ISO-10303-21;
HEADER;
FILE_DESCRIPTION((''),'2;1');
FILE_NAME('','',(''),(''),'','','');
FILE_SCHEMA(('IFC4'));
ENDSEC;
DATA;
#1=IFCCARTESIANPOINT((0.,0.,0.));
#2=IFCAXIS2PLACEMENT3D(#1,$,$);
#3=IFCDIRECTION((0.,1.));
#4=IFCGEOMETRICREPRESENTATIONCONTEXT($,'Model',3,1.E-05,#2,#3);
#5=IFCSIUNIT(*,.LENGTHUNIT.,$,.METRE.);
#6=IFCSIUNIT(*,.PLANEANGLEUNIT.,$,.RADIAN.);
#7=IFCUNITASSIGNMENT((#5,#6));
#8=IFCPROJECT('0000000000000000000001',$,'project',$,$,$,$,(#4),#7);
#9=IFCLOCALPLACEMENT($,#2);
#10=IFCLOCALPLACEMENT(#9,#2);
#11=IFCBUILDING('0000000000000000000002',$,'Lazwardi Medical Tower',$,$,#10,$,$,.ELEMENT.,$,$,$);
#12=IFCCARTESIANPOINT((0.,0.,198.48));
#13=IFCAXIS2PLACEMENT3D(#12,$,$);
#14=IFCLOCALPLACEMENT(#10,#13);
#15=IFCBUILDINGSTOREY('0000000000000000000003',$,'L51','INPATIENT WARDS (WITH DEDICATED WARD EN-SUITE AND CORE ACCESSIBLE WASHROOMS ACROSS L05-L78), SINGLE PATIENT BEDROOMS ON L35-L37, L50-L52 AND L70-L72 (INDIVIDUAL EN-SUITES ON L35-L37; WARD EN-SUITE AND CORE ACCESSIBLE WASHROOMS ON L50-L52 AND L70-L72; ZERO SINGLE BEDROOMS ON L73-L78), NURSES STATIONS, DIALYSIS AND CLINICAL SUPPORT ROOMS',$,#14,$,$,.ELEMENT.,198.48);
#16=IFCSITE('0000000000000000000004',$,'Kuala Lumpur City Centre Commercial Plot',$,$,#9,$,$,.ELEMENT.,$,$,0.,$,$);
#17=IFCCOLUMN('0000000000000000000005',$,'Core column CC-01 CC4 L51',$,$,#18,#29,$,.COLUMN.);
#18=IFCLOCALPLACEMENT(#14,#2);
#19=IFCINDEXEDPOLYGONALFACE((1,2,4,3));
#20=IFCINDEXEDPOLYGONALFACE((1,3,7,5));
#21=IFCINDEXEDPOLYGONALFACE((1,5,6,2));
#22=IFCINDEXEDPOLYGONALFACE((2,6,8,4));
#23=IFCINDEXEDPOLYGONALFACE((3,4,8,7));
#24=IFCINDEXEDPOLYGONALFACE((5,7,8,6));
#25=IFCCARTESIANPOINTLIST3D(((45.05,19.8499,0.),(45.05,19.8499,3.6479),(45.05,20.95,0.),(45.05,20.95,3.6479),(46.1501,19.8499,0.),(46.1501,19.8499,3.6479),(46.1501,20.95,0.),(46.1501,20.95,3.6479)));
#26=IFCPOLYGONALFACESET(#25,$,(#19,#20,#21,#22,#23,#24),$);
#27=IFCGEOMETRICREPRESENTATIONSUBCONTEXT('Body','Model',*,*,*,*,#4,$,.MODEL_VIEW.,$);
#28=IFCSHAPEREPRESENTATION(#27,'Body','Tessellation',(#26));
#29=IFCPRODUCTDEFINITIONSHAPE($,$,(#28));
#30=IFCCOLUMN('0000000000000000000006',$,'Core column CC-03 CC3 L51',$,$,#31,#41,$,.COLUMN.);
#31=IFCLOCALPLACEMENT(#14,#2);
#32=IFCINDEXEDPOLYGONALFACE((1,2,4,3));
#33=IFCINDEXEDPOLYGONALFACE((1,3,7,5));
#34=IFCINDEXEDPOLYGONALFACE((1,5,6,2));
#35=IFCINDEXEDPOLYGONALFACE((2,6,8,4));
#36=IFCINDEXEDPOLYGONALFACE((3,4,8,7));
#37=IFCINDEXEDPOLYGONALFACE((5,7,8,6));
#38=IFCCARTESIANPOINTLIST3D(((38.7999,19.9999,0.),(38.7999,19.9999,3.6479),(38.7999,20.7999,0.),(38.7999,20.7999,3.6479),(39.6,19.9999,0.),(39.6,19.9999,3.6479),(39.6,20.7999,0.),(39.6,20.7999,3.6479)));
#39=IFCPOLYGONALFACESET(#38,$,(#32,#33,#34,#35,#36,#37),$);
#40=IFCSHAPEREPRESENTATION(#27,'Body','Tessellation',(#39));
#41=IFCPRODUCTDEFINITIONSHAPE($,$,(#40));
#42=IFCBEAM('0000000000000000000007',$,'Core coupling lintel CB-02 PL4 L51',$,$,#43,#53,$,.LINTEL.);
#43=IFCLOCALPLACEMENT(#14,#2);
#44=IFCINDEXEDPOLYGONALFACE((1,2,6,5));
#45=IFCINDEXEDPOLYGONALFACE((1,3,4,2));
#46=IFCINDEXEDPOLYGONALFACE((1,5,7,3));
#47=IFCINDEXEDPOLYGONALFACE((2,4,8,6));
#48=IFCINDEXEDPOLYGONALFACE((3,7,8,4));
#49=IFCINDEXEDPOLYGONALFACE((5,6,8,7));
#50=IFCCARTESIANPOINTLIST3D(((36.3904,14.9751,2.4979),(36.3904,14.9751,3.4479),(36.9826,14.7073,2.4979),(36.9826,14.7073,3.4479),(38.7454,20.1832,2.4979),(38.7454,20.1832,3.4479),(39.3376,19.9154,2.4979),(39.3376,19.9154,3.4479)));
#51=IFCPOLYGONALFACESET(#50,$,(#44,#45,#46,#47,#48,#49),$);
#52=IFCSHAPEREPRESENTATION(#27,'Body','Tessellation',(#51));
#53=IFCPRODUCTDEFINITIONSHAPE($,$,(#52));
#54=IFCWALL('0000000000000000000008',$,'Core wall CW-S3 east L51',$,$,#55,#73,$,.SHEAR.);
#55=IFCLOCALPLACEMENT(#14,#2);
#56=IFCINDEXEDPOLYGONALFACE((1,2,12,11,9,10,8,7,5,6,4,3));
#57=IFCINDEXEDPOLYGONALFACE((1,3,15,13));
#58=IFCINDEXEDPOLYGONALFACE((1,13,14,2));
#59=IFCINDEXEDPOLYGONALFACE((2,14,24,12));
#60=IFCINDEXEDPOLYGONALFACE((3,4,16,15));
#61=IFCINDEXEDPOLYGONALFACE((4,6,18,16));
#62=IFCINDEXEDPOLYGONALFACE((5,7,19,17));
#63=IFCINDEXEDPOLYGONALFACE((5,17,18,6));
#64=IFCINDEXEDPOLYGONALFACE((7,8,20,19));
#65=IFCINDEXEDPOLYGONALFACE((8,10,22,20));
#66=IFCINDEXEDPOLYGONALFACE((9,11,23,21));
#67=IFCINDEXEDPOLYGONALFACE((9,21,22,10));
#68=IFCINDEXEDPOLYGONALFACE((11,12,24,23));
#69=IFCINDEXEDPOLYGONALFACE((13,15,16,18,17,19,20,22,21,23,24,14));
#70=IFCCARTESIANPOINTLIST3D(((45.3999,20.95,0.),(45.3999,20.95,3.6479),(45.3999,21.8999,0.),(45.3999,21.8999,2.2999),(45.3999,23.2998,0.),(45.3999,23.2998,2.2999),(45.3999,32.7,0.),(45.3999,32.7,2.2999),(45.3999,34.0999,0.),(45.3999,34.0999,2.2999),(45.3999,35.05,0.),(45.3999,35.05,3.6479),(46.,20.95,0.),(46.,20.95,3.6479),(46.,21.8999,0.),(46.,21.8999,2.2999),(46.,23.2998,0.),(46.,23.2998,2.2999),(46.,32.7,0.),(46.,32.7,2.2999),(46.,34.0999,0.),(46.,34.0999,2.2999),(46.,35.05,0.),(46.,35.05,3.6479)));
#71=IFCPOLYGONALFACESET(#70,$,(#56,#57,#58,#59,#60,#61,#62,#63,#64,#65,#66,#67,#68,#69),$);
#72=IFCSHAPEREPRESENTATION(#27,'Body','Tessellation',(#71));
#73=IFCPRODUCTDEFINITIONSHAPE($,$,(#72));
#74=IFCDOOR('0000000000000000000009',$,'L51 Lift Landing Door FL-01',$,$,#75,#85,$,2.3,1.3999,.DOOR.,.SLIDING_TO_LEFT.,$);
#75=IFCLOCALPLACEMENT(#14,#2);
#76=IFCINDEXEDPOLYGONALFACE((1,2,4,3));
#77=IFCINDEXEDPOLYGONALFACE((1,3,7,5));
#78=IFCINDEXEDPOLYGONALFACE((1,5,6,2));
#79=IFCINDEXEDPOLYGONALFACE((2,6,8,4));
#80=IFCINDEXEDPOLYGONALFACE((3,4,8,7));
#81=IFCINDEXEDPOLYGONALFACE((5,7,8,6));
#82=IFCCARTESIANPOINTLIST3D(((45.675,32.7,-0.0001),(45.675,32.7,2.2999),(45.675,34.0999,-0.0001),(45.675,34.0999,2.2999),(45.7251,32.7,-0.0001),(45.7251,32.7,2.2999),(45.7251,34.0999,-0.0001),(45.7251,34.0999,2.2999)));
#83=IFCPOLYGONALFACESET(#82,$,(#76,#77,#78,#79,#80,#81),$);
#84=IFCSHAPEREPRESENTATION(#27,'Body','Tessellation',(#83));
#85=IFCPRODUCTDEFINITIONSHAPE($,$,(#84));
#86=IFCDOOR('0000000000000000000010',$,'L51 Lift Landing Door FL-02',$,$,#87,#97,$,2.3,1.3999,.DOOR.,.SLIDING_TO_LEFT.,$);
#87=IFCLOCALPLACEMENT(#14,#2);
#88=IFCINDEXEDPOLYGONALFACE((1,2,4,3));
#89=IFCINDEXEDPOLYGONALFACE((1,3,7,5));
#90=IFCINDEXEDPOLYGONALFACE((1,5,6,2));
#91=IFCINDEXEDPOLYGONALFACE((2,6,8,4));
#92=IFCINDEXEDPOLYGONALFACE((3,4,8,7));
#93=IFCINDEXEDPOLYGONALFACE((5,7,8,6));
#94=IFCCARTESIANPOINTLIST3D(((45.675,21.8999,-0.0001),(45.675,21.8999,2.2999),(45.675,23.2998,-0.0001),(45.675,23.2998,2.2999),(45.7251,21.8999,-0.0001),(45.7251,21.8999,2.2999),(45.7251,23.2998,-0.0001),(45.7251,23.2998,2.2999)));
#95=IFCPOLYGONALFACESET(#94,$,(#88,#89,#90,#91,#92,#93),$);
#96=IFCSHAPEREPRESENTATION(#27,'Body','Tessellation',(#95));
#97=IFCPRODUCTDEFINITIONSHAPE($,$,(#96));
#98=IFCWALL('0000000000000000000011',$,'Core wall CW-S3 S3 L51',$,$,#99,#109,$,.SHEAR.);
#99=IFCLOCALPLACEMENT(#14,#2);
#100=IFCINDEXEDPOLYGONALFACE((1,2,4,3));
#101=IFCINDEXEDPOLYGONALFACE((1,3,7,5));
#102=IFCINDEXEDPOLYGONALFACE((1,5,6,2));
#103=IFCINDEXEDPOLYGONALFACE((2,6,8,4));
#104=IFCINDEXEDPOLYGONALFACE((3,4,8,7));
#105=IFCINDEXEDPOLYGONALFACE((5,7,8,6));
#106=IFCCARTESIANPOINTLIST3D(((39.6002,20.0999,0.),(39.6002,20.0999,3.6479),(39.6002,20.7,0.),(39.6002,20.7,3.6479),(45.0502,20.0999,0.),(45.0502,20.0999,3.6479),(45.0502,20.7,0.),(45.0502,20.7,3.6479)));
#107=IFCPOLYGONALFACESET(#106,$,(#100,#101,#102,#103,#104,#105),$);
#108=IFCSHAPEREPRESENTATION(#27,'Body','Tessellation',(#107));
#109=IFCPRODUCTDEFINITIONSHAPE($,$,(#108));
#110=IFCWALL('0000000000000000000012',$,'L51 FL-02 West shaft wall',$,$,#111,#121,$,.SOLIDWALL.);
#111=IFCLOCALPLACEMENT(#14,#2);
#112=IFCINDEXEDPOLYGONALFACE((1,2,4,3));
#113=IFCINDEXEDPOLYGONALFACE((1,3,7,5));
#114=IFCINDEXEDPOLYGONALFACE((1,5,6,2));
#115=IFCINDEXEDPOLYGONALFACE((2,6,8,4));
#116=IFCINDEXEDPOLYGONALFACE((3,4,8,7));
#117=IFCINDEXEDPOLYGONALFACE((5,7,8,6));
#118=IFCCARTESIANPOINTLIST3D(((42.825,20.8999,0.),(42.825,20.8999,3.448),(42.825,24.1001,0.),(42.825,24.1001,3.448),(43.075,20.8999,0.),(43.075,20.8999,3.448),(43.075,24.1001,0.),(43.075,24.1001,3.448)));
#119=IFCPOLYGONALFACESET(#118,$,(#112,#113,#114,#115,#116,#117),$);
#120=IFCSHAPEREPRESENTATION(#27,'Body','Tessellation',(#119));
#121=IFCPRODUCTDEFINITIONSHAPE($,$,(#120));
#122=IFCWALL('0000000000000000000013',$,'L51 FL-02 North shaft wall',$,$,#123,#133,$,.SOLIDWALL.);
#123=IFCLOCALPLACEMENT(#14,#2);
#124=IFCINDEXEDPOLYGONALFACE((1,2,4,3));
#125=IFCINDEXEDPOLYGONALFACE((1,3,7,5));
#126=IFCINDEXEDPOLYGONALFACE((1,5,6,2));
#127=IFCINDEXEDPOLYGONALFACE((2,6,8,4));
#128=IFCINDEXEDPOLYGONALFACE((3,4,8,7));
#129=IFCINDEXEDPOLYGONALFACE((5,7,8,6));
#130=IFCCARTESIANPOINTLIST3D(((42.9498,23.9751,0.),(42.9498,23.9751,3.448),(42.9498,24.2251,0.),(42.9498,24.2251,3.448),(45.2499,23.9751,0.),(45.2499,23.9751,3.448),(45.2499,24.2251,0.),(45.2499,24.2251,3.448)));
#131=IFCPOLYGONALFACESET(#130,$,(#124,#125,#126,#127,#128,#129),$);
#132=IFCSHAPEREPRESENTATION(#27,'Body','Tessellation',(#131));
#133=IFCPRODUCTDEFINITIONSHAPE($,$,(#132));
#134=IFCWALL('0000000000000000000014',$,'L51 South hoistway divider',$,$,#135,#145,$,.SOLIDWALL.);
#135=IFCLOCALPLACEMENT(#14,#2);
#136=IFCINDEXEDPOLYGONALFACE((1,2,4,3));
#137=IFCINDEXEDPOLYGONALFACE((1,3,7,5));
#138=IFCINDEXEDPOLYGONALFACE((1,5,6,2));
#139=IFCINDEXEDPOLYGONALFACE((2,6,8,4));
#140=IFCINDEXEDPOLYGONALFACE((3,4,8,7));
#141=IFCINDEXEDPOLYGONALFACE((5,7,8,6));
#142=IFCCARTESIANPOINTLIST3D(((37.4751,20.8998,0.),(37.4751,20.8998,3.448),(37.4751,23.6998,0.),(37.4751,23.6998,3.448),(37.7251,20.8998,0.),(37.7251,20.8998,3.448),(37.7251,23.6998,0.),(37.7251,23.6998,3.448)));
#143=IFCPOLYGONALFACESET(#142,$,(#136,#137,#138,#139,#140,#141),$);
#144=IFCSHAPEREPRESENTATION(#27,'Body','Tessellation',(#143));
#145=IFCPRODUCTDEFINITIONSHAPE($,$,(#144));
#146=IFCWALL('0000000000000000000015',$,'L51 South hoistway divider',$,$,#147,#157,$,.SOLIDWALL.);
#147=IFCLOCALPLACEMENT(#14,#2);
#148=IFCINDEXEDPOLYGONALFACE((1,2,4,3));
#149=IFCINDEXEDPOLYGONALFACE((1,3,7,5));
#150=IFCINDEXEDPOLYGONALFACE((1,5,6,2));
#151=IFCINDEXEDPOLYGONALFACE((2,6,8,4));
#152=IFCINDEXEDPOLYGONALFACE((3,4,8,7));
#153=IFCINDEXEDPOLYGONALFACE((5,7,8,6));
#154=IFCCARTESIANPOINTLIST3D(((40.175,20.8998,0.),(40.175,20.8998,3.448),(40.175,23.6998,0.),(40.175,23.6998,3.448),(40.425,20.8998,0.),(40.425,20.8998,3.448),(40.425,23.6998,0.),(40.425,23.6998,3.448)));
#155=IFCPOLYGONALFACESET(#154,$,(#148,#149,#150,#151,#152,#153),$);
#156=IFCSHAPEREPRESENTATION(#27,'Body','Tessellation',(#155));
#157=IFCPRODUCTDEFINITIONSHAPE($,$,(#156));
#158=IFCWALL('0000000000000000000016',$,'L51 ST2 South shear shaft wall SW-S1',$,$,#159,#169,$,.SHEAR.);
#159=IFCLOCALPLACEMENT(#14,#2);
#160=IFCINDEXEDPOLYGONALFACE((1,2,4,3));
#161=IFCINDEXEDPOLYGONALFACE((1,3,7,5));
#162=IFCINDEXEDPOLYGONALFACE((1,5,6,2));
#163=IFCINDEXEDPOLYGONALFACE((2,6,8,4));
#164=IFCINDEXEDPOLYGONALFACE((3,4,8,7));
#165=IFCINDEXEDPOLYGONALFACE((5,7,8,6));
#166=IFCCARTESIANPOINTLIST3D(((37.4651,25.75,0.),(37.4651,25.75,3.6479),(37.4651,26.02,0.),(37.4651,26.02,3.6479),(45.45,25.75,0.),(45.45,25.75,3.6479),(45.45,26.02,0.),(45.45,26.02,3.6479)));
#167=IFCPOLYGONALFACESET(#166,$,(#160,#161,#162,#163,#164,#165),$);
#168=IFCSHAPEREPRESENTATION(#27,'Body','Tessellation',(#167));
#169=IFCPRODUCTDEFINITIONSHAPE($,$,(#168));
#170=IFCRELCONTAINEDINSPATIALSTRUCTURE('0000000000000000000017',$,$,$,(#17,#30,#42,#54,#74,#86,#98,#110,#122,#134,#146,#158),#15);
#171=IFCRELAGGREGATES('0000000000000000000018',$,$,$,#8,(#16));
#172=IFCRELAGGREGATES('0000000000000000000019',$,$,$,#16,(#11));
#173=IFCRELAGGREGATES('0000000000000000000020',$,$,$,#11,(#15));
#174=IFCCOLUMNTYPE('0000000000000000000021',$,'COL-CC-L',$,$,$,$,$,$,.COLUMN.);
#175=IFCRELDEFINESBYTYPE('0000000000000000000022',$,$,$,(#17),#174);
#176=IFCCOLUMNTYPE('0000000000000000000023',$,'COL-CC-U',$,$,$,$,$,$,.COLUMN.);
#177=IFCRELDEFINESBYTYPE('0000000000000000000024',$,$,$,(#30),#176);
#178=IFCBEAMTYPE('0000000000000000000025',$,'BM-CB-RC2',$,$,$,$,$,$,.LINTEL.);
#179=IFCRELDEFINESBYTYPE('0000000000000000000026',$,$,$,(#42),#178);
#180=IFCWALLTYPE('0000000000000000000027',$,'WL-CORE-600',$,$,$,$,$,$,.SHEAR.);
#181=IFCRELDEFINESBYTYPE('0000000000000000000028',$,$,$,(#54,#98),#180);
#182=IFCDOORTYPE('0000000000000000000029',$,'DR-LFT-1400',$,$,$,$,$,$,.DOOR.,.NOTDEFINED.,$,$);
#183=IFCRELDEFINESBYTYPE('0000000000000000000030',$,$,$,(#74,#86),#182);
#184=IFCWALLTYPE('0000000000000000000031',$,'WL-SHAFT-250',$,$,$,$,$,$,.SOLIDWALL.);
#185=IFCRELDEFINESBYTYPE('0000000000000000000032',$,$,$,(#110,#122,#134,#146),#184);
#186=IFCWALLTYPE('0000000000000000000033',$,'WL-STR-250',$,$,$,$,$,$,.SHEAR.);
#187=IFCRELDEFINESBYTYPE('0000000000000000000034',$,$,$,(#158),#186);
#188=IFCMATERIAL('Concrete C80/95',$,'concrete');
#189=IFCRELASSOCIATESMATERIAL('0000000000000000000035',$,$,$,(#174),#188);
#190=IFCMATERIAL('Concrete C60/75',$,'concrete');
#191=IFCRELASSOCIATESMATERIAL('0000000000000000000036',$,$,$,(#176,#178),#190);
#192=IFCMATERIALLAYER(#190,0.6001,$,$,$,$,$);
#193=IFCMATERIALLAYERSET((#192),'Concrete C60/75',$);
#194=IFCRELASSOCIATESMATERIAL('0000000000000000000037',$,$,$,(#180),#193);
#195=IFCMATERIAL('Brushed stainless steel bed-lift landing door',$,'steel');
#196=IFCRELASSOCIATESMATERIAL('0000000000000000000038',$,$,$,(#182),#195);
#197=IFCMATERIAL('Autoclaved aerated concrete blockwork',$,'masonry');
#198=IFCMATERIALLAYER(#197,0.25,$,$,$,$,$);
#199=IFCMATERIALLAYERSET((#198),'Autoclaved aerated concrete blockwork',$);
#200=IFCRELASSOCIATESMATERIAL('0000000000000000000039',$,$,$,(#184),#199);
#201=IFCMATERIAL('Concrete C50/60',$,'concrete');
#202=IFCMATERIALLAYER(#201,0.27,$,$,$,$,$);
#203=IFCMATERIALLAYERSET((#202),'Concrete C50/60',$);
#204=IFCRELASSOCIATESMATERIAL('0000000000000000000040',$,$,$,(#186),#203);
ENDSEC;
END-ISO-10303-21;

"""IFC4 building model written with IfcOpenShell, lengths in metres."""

from ifc_helpers import new_model, si_unit, direction, frame, frame_2d, origin, origin_2d, place, context, subcontext, project, spatial, rectangle, extrude, material, layer, layer_set, material_profile, profile_set, type_object, element, fill, save


model = new_model("IFC4")

# Units and contexts
model_context = context("Model", 3, precision=1e-05, world=origin(), true_north=direction((0.0, 1.0)))
body_context = subcontext(model_context, "Body", "Model", "MODEL_VIEW")
ifc_project = project(units=[si_unit("LENGTHUNIT", "METRE"), si_unit("PLANEANGLEUNIT", "RADIAN")], contexts=[model_context])

# Site, building, storey
site_placement = place(None, origin())
site = spatial("IfcSite", under=ifc_project, at=site_placement, Name="Kuala Lumpur City Centre Commercial Plot", CompositionType="ELEMENT", RefElevation=0.0)
building_placement = place(site_placement, origin())
building = spatial("IfcBuilding", under=site, at=building_placement, Name="Lazwardi Medical Tower", CompositionType="ELEMENT")
storey_placement = place(building_placement, frame((0.0, 0.0, 198.48)))
storey = spatial("IfcBuildingStorey", under=building, at=storey_placement, Name="L51", Description="INPATIENT WARDS (WITH DEDICATED WARD EN-SUITE AND CORE ACCESSIBLE WASHROOMS ACROSS L05-L78), SINGLE PATIENT BEDROOMS ON L35-L37, L50-L52 AND L70-L72 (INDIVIDUAL EN-SUITES ON L35-L37; WARD EN-SUITE AND CORE ACCESSIBLE WASHROOMS ON L50-L52 AND L70-L72; ZERO SINGLE BEDROOMS ON L73-L78), NURSES STATIONS, DIALYSIS AND CLINICAL SUPPORT ROOMS", CompositionType="ELEMENT", Elevation=198.48)

# Columns
ifc_material_1 = material(Name="Concrete C80/95", Category="concrete")
ifc_material_profile_1 = material_profile(ifc_material_1, rectangle(XDim=1.1001, YDim=1.1001, at=origin_2d()), Name="RC 1100x1100")
ifc_profile_set_1 = profile_set([ifc_material_profile_1], Name="Concrete C80/95")
column_type_1 = type_object("IfcColumnType", Name="COL-CC-L", PredefinedType="COLUMN", material=ifc_profile_set_1)
column_1_placement = place(storey_placement, frame((45.6001, 20.3999, 0.0), z_axis=(0.0, 0.0, 1.0), x_axis=(1.0, 0.0, 0.0)))
element("IfcColumn", 1, at=column_1_placement, inside=storey, type_object=column_type_1, Name="Core column CC-01 CC4 L51", PredefinedType="COLUMN", context=body_context, shape_type="SweptSolid", body=[
    extrude(rectangle(XDim=1.1001, YDim=1.1001, at=origin_2d()), origin(), (0.0, 0.0, 1.0), 3.6479),
])
ifc_material_2 = material(Name="Concrete C60/75", Category="concrete")
ifc_material_profile_2 = material_profile(ifc_material_2, rectangle(XDim=0.8, YDim=0.8, at=origin_2d()), Name="RC 800x800")
ifc_profile_set_2 = profile_set([ifc_material_profile_2], Name="Concrete C60/75")
column_type_2 = type_object("IfcColumnType", Name="COL-CC-U", PredefinedType="COLUMN", material=ifc_profile_set_2)
column_2_placement = place(storey_placement, frame((39.2, 20.3999, 0.0), z_axis=(0.0, 0.0, 1.0), x_axis=(1.0, 0.0, 0.0)))
element("IfcColumn", 2, at=column_2_placement, inside=storey, type_object=column_type_2, Name="Core column CC-03 CC3 L51", PredefinedType="COLUMN", context=body_context, shape_type="SweptSolid", body=[
    extrude(rectangle(XDim=0.8, YDim=0.8, at=origin_2d()), origin(), (0.0, 0.0, 1.0), 3.6479),
])

# Beam
ifc_material_profile_3 = material_profile(ifc_material_2, rectangle(XDim=0.6499, YDim=0.95, at=origin_2d()), Name="RC 650x950")
ifc_profile_set_3 = profile_set([ifc_material_profile_3], Name="Concrete C60/75")
beam_type = type_object("IfcBeamType", Name="BM-CB-RC2", PredefinedType="LINTEL", material=ifc_profile_set_3)
beam_placement = place(storey_placement, frame((39.0415, 20.0493, 2.9729), z_axis=(-0.412019, -0.911175, 0.0), x_axis=(0.911175, -0.412019, 0.0)))
element("IfcBeam", 3, at=beam_placement, inside=storey, type_object=beam_type, Name="Core coupling lintel CB-02 PL4 L51", PredefinedType="LINTEL", context=body_context, shape_type="SweptSolid", body=[
    extrude(rectangle(XDim=0.6499, YDim=0.95, at=origin_2d()), origin(), (0.0, 0.0, 1.0), 5.7158),
])

# Wall, openings, doors
ifc_layer_1 = layer(ifc_material_2, 0.6001)
ifc_layer_set_1 = layer_set([ifc_layer_1], Name="Concrete C60/75")
wall_type_1 = type_object("IfcWallType", Name="WL-CORE-600", PredefinedType="SHEAR", material=ifc_layer_set_1)
wall_1_placement = place(storey_placement, frame((45.7, 20.95, 0.0), z_axis=(0.0, 0.0, 1.0), x_axis=(0.0, 1.0, 0.0)))
wall_1 = element("IfcWall", 4, at=wall_1_placement, inside=storey, type_object=wall_type_1, Name="Core wall CW-S3 east L51", PredefinedType="SHEAR", context=body_context, shape_type="SweptSolid", body=[
    extrude(rectangle(XDim=14.1001, YDim=0.6001, at=frame_2d((7.05, 0.0))), origin(), (0.0, 0.0, 1.0), 3.6479),
])
opening_1_placement = place(wall_1_placement, frame((11.75, 0.0, 0.0)))
opening_1 = element("IfcOpeningElement", 5, at=opening_1_placement, cuts=wall_1, PredefinedType="OPENING", context=body_context, shape_type="SweptSolid", body=[
    extrude(rectangle(XDim=1.3999, YDim=2.3, at=frame_2d((0.7, 1.1499))), frame((0.0, 0.3101, 0.0), z_axis=(0.0, -1.0, 0.0), x_axis=(1.0, 0.0, 0.0)), (0.0, 0.0, 1.0), 0.6201),
])
opening_2_placement = place(wall_1_placement, frame((0.95, 0.0, 0.0)))
opening_2 = element("IfcOpeningElement", 6, at=opening_2_placement, cuts=wall_1, PredefinedType="OPENING", context=body_context, shape_type="SweptSolid", body=[
    extrude(rectangle(XDim=1.3999, YDim=2.3, at=frame_2d((0.7, 1.1499))), frame((0.0, 0.3101, 0.0), z_axis=(0.0, -1.0, 0.0), x_axis=(1.0, 0.0, 0.0)), (0.0, 0.0, 1.0), 0.6201),
])
ifc_material_3 = material(Name="Brushed stainless steel bed-lift landing door", Category="steel")
door_type_1 = type_object("IfcDoorType", Name="DR-LFT-1400", OperationType="NOTDEFINED", PredefinedType="DOOR", material=ifc_material_3)
door_1_placement = place(opening_1_placement, origin())
door_1 = element("IfcDoor", 7, at=door_1_placement, inside=storey, type_object=door_type_1, Name="L51 Lift Landing Door FL-01", OperationType="SLIDING_TO_LEFT", OverallHeight=2.3, OverallWidth=1.3999, PredefinedType="DOOR", context=body_context, shape_type="SweptSolid", body=[
    extrude(rectangle(XDim=1.3999, YDim=2.3, at=frame_2d((0.7, 1.1499))), frame((0.0, 0.0249, 0.0), z_axis=(0.0, -1.0, 0.0), x_axis=(1.0, 0.0, 0.0)), (0.0, 0.0, 1.0), 0.05),
])
fill(opening_1, door_1)
door_2_placement = place(opening_2_placement, origin())
door_2 = element("IfcDoor", 8, at=door_2_placement, inside=storey, type_object=door_type_1, Name="L51 Lift Landing Door FL-02", OperationType="SLIDING_TO_LEFT", OverallHeight=2.3, OverallWidth=1.3999, PredefinedType="DOOR", context=body_context, shape_type="SweptSolid", body=[
    extrude(rectangle(XDim=1.3999, YDim=2.3, at=frame_2d((0.7, 1.1499))), frame((0.0, 0.0249, 0.0), z_axis=(0.0, -1.0, 0.0), x_axis=(1.0, 0.0, 0.0)), (0.0, 0.0, 1.0), 0.05),
])
fill(opening_2, door_2)

# Walls
wall_2_placement = place(storey_placement, frame((39.6001, 20.3999, 0.0), z_axis=(0.0, 0.0, 1.0), x_axis=(1.0, 0.0, 0.0)))
element("IfcWall", 9, at=wall_2_placement, inside=storey, type_object=wall_type_1, Name="Core wall CW-S3 S3 L51", PredefinedType="SHEAR", context=body_context, shape_type="SweptSolid", body=[
    extrude(rectangle(XDim=5.45, YDim=0.6001, at=frame_2d((2.7251, 0.0))), origin(), (0.0, 0.0, 1.0), 3.6479),
])
ifc_material_4 = material(Name="Autoclaved aerated concrete blockwork", Category="masonry")
ifc_layer_2 = layer(ifc_material_4, 0.25)
ifc_layer_set_2 = layer_set([ifc_layer_2], Name="Autoclaved aerated concrete blockwork")
wall_type_2 = type_object("IfcWallType", Name="WL-SHAFT-250", PredefinedType="SOLIDWALL", material=ifc_layer_set_2)
wall_3_placement = place(storey_placement, frame((42.95, 20.8999, 0.0), z_axis=(0.0, 0.0, 1.0), x_axis=(0.0, 1.0, 0.0)))
element("IfcWall", 10, at=wall_3_placement, inside=storey, type_object=wall_type_2, Name="L51 FL-02 West shaft wall", PredefinedType="SOLIDWALL", context=body_context, shape_type="SweptSolid", body=[
    extrude(rectangle(XDim=3.2002, YDim=0.25, at=frame_2d((1.6001, 0.0))), origin(), (0.0, 0.0, 1.0), 3.448),
])
wall_4_placement = place(storey_placement, frame((42.95, 24.1001, 0.0), z_axis=(0.0, 0.0, 1.0), x_axis=(1.0, 0.0, 0.0)))
element("IfcWall", 11, at=wall_4_placement, inside=storey, type_object=wall_type_2, Name="L51 FL-02 North shaft wall", PredefinedType="SOLIDWALL", context=body_context, shape_type="SweptSolid", body=[
    extrude(rectangle(XDim=2.3, YDim=0.25, at=frame_2d((1.1499, 0.0))), origin(), (0.0, 0.0, 1.0), 3.448),
])
for number, where, z_axis, x_axis, name in (
    (12, (37.6001, 20.8999, 0.0), (0.0, 0.0, 1.0), (0.0, 1.0, 0.0), "L51 South hoistway divider"),
    (13, (40.3, 20.8999, 0.0), (0.0, 0.0, 1.0), (0.0, 1.0, 0.0), "L51 South hoistway divider"),
):
    element("IfcWall", number, at=place(storey_placement, frame(where, z_axis=z_axis, x_axis=x_axis)), inside=storey, type_object=wall_type_2, Name=name, PredefinedType="SOLIDWALL", context=body_context, shape_type="SweptSolid", body=[
        extrude(rectangle(XDim=2.8, YDim=0.25, at=frame_2d((1.3999, 0.0))), origin(), (0.0, 0.0, 1.0), 3.448),
    ])

# Shared definitions
ifc_material_5 = material(Name="Concrete C50/60", Category="concrete")
ifc_layer_3 = layer(ifc_material_5, 0.27)
ifc_layer_set_3 = layer_set([ifc_layer_3], Name="Concrete C50/60")
wall_type_3 = type_object("IfcWallType", Name="WL-STR-250", PredefinedType="SHEAR", material=ifc_layer_set_3)

# Wall
wall_5_placement = place(storey_placement, frame((37.4651, 25.885, 0.0), z_axis=(0.0, 0.0, 1.0), x_axis=(1.0, 0.0, 0.0)))
element("IfcWall", 14, at=wall_5_placement, inside=storey, type_object=wall_type_3, Name="L51 ST2 South shear shaft wall SW-S1", PredefinedType="SHEAR", context=body_context, shape_type="SweptSolid", body=[
    extrude(rectangle(XDim=7.9849, YDim=0.27, at=frame_2d((3.9924, 0.0))), origin(), (0.0, 0.0, 1.0), 3.6479),
])

save(model, "model.ifc")
